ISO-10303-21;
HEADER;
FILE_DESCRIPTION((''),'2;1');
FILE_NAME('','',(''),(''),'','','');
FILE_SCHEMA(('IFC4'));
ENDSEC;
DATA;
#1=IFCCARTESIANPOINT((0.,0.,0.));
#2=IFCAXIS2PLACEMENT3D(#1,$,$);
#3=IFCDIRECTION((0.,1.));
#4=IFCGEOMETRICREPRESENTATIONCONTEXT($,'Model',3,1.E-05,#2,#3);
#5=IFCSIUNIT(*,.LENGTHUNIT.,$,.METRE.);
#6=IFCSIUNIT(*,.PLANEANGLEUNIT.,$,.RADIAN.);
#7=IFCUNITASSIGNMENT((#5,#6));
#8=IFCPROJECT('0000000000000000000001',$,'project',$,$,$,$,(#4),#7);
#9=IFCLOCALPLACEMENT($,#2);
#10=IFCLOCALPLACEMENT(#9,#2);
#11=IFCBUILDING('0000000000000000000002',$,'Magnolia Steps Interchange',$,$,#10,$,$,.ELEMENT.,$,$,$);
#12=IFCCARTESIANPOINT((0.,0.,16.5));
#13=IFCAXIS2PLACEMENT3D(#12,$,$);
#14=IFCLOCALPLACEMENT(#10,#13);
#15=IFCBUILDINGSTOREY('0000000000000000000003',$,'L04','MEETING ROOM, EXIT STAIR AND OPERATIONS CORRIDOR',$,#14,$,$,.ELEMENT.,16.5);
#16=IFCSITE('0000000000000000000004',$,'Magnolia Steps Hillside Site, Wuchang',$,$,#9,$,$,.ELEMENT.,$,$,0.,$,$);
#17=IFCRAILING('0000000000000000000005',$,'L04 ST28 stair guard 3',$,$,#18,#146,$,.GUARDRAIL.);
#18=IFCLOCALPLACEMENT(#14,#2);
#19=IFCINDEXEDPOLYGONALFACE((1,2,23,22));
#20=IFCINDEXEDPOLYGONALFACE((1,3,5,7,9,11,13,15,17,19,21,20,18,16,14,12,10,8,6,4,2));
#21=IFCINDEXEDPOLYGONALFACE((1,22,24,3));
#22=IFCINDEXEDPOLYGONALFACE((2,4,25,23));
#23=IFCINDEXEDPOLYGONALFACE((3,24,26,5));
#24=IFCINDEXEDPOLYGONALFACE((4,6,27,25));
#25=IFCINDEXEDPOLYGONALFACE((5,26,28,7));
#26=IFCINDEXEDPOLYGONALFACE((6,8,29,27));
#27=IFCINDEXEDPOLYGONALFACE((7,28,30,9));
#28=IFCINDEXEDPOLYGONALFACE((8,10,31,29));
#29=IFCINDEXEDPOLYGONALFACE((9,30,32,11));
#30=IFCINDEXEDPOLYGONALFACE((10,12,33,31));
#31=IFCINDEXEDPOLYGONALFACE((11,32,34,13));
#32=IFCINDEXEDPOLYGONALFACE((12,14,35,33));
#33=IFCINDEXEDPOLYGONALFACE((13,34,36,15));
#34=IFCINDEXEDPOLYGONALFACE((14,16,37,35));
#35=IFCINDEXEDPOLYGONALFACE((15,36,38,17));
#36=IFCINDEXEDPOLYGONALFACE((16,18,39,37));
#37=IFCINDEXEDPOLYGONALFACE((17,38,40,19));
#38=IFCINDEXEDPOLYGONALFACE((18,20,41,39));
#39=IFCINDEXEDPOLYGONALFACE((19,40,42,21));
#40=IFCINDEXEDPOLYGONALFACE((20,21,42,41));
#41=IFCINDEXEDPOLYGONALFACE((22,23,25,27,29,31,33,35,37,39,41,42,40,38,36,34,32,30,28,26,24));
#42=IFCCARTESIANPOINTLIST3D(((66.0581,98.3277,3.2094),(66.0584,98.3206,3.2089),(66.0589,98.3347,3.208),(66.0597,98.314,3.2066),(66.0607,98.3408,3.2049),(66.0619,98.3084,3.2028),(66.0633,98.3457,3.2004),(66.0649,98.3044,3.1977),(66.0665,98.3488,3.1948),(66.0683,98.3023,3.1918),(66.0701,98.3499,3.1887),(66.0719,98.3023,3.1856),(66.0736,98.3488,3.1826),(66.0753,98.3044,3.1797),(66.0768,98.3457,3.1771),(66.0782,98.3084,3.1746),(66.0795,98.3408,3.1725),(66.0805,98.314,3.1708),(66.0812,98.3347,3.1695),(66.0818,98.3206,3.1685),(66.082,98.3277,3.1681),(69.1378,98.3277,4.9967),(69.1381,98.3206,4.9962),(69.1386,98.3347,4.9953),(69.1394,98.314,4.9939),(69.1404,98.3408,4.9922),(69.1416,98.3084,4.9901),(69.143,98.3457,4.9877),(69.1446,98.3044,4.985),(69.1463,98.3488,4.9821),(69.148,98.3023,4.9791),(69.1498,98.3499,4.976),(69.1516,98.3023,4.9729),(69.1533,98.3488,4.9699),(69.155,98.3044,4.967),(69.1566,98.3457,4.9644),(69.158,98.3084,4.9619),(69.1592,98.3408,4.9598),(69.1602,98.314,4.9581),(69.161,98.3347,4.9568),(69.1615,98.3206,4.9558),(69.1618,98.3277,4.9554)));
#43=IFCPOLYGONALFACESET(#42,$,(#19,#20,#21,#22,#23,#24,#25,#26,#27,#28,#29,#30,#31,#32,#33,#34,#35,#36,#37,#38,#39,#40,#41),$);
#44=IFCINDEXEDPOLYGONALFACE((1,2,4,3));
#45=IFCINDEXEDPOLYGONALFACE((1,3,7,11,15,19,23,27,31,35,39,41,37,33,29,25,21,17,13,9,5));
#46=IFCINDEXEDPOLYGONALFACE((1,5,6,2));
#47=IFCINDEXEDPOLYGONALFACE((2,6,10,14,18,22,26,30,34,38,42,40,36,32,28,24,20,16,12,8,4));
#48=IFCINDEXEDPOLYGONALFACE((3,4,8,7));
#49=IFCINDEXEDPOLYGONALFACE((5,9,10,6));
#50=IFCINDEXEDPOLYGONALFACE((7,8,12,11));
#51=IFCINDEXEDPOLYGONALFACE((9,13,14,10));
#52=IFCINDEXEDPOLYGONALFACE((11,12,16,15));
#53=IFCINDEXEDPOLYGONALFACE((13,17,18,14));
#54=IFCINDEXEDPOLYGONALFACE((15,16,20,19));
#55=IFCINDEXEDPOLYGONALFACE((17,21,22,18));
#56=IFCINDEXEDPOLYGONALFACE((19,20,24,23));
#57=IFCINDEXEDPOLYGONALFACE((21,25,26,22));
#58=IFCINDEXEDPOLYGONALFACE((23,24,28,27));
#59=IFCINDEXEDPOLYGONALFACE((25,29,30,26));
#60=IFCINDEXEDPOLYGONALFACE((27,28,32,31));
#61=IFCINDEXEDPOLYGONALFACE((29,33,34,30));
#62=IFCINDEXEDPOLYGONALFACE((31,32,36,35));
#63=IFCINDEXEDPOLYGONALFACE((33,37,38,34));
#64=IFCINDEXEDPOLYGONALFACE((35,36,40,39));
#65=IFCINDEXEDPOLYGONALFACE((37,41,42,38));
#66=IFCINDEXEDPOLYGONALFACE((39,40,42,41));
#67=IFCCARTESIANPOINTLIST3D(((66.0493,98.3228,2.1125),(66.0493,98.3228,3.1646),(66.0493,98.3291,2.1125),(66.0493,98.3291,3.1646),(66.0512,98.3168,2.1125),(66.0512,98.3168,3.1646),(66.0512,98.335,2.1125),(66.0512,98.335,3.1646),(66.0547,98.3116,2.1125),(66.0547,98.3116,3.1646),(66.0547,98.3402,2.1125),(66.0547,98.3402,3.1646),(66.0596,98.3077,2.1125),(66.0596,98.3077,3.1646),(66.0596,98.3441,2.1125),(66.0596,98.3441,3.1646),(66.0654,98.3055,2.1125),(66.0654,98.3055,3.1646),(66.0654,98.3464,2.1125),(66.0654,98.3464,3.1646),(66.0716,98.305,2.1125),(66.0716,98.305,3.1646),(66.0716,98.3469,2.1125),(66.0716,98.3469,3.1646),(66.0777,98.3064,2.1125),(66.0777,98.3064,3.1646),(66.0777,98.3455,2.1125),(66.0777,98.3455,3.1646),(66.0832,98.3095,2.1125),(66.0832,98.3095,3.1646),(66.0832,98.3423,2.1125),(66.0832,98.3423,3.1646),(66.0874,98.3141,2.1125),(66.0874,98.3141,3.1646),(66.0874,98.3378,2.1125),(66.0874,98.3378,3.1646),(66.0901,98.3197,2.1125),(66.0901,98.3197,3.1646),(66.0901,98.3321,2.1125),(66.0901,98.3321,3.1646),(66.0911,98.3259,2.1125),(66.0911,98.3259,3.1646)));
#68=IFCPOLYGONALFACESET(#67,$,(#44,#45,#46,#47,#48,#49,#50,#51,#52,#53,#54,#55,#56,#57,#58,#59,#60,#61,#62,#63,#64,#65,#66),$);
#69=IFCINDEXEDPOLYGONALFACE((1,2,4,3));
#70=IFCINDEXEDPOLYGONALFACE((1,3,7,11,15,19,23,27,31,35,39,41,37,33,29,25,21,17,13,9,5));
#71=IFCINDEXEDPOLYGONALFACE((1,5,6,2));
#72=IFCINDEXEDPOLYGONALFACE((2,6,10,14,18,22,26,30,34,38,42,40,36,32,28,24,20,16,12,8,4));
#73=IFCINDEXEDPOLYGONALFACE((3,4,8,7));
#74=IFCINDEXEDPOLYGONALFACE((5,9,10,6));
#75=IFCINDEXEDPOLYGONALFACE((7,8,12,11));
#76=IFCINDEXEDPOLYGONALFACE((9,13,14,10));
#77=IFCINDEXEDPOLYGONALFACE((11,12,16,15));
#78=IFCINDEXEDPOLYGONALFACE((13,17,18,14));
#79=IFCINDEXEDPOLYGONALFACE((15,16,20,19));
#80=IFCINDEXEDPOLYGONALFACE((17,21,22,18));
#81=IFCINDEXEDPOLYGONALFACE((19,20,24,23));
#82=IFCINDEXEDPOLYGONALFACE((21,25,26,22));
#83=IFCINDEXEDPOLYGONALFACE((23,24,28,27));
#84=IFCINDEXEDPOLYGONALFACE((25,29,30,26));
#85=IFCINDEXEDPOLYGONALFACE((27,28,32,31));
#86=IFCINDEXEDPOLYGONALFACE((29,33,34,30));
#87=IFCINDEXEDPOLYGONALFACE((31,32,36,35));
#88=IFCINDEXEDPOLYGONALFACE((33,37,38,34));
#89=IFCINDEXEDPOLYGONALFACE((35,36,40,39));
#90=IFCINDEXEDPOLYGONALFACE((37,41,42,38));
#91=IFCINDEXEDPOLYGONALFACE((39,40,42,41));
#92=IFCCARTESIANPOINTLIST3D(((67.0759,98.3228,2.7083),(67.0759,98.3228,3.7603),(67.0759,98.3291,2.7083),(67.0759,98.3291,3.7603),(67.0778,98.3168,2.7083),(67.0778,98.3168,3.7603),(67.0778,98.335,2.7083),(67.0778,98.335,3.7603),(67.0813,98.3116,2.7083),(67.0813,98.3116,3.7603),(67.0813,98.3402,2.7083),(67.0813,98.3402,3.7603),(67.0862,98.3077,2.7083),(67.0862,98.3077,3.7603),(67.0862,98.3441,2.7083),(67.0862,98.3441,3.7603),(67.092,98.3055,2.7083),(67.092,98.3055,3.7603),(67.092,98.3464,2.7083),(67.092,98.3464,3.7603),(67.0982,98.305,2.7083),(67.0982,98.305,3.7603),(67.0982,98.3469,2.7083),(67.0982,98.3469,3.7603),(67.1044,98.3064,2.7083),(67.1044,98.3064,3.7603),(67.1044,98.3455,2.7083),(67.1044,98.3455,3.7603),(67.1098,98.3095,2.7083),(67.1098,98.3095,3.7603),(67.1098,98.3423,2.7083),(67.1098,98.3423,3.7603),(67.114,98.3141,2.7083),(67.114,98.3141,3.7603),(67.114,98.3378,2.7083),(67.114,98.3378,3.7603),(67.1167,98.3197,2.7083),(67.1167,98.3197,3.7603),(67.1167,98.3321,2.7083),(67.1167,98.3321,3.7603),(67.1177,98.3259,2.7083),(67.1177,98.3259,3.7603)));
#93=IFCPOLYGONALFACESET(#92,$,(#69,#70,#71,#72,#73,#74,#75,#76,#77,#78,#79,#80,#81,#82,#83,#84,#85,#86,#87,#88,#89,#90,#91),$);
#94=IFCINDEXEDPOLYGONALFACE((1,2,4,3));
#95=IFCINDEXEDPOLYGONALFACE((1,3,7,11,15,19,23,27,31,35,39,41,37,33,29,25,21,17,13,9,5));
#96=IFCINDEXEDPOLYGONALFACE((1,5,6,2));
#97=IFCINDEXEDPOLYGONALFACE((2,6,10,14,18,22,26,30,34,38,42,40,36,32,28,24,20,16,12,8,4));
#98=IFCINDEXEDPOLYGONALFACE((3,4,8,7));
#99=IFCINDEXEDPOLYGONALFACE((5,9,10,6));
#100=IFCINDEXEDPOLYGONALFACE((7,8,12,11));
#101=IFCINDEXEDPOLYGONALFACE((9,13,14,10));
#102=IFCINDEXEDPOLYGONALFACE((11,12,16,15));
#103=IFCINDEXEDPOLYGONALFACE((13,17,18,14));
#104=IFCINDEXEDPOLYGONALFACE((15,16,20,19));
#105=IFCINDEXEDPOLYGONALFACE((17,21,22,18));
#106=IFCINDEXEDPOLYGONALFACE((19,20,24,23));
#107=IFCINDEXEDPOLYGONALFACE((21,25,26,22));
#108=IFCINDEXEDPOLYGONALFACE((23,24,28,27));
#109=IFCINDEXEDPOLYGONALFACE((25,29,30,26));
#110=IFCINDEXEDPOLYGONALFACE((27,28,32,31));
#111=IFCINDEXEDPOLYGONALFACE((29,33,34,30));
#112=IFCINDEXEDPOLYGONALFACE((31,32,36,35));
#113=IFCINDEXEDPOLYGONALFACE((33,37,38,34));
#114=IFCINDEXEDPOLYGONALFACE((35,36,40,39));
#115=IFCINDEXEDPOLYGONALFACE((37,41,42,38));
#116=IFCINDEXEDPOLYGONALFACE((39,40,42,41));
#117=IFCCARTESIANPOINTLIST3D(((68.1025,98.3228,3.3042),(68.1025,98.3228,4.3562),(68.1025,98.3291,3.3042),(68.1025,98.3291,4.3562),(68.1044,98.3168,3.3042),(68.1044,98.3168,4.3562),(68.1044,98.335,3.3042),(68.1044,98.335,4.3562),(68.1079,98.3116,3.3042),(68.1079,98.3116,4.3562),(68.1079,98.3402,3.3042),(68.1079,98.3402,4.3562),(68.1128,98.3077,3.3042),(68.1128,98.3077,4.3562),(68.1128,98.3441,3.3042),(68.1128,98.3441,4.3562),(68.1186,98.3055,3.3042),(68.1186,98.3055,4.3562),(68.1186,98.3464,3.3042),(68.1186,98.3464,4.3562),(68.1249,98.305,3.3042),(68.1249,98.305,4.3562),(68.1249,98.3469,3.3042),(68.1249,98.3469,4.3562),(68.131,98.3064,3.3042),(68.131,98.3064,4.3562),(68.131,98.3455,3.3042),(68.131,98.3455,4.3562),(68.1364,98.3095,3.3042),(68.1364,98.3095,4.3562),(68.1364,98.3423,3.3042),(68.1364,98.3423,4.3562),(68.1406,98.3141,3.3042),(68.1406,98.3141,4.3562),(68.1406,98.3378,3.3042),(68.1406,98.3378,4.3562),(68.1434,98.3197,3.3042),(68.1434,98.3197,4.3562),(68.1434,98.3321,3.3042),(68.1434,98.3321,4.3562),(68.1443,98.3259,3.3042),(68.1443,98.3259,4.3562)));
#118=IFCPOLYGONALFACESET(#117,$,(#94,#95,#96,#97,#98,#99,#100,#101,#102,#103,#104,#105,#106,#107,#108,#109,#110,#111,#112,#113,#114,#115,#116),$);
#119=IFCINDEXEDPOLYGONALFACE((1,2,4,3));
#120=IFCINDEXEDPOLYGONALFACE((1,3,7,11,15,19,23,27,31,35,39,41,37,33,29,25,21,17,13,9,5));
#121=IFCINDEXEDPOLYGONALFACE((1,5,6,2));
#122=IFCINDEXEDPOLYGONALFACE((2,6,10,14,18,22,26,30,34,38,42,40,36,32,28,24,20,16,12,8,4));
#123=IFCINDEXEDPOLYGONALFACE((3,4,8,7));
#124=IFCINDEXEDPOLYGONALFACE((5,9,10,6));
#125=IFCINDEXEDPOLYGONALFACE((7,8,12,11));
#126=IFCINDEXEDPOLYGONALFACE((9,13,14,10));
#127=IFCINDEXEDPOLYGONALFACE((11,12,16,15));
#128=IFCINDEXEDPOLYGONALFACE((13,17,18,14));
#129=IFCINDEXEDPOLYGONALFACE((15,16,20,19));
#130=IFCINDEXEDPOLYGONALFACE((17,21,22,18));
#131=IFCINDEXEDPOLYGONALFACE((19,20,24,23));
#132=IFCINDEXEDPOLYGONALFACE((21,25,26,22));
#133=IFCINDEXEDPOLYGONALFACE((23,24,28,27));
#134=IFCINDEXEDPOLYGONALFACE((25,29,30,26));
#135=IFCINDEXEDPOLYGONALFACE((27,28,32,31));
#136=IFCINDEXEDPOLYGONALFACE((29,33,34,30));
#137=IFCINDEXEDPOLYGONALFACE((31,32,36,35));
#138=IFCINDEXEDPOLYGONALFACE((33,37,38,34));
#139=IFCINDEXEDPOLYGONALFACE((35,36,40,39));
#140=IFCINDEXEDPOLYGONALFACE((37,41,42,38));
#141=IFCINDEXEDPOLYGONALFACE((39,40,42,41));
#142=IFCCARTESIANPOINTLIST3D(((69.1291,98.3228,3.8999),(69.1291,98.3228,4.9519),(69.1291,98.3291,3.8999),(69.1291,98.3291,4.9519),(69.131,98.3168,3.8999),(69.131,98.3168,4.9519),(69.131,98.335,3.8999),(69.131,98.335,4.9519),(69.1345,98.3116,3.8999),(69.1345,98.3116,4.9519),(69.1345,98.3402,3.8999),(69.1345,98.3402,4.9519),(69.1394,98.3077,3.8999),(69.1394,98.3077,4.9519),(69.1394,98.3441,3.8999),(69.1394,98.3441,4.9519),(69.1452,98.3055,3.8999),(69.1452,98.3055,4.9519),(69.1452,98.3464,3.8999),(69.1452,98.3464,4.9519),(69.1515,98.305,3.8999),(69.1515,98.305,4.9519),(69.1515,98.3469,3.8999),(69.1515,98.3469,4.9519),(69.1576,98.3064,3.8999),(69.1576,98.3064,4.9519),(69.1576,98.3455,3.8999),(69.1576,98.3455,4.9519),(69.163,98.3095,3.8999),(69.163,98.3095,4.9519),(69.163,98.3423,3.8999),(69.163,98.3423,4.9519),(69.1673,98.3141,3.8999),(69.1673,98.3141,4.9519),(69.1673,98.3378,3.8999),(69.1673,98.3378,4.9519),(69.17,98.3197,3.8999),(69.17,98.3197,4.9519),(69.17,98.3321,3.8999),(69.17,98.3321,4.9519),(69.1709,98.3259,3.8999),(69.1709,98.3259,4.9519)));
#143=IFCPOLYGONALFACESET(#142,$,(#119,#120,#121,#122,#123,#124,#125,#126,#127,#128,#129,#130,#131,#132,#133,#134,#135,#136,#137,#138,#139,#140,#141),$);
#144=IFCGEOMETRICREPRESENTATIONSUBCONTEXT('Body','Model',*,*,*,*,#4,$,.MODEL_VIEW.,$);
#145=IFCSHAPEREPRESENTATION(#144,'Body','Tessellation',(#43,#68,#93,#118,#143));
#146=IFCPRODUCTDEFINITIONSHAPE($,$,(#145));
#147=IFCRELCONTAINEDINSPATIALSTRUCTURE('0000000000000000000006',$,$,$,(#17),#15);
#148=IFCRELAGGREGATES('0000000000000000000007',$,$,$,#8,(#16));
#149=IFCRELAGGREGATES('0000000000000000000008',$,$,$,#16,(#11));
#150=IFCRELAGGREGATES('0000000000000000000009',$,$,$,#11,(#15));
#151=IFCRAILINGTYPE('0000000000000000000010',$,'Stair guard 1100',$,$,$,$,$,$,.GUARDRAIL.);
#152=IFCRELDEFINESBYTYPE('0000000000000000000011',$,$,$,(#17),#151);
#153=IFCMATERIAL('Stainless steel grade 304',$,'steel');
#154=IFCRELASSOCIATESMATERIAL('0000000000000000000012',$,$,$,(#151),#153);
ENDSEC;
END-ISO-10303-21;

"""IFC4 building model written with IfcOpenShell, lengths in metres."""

from ifc_helpers import new_model, si_unit, direction, frame, origin, origin_2d, place, context, subcontext, project, spatial, circle, extrude, material, type_object, element, save


model = new_model("IFC4")

# Units and contexts
model_context = context("Model", 3, precision=1e-05, world=origin(), true_north=direction((0.0, 1.0)))
body_context = subcontext(model_context, "Body", "Model", "MODEL_VIEW")
ifc_project = project(units=[si_unit("LENGTHUNIT", "METRE"), si_unit("PLANEANGLEUNIT", "RADIAN")], contexts=[model_context])

# Site, building, storey
site_placement = place(None, origin())
site = spatial("IfcSite", under=ifc_project, at=site_placement, Name="Magnolia Steps Hillside Site, Wuchang", CompositionType="ELEMENT", RefElevation=0.0)
building_placement = place(site_placement, origin())
building = spatial("IfcBuilding", under=site, at=building_placement, Name="Magnolia Steps Interchange", CompositionType="ELEMENT")
storey_placement = place(building_placement, frame((0.0, 0.0, 16.5)))
storey = spatial("IfcBuildingStorey", under=building, at=storey_placement, Name="L04", Description="MEETING ROOM, EXIT STAIR AND OPERATIONS CORRIDOR", CompositionType="ELEMENT", Elevation=16.5)

# Railing
ifc_material_1 = material(Name="Stainless steel grade 304", Category="steel")
railing_type_1 = type_object("IfcRailingType", Name="Stair guard 1100", PredefinedType="GUARDRAIL", material=ifc_material_1)
railing_1_placement = place(storey_placement, frame((66.0701, 98.3259, 2.1125)))
element("IfcRailing", 1, at=railing_1_placement, inside=storey, type_object=railing_type_1, Name="L04 ST28 stair guard 3", PredefinedType="GUARDRAIL", context=body_context, shape_type="SweptSolid", body=[
    extrude(circle(Radius=0.0239, at=origin_2d()), frame((0.0, 0.0, 1.0762), z_axis=(0.864903, 0.0, 0.501939), x_axis=(0.0, 1.0, 0.0)), (0.0, 0.0, 1.0), 3.5608),
    extrude(circle(Radius=0.021, at=origin_2d()), origin(), (0.0, 0.0, 1.0), 1.052),
    extrude(circle(Radius=0.021, at=origin_2d()), frame((1.0266, 0.0, 0.5957)), (0.0, 0.0, 1.0), 1.052),
    extrude(circle(Radius=0.021, at=origin_2d()), frame((2.0532, 0.0, 1.1917)), (0.0, 0.0, 1.0), 1.052),
    extrude(circle(Radius=0.021, at=origin_2d()), frame((3.0798, 0.0, 1.7874)), (0.0, 0.0, 1.0), 1.052),
])

save(model, "model.ifc")
